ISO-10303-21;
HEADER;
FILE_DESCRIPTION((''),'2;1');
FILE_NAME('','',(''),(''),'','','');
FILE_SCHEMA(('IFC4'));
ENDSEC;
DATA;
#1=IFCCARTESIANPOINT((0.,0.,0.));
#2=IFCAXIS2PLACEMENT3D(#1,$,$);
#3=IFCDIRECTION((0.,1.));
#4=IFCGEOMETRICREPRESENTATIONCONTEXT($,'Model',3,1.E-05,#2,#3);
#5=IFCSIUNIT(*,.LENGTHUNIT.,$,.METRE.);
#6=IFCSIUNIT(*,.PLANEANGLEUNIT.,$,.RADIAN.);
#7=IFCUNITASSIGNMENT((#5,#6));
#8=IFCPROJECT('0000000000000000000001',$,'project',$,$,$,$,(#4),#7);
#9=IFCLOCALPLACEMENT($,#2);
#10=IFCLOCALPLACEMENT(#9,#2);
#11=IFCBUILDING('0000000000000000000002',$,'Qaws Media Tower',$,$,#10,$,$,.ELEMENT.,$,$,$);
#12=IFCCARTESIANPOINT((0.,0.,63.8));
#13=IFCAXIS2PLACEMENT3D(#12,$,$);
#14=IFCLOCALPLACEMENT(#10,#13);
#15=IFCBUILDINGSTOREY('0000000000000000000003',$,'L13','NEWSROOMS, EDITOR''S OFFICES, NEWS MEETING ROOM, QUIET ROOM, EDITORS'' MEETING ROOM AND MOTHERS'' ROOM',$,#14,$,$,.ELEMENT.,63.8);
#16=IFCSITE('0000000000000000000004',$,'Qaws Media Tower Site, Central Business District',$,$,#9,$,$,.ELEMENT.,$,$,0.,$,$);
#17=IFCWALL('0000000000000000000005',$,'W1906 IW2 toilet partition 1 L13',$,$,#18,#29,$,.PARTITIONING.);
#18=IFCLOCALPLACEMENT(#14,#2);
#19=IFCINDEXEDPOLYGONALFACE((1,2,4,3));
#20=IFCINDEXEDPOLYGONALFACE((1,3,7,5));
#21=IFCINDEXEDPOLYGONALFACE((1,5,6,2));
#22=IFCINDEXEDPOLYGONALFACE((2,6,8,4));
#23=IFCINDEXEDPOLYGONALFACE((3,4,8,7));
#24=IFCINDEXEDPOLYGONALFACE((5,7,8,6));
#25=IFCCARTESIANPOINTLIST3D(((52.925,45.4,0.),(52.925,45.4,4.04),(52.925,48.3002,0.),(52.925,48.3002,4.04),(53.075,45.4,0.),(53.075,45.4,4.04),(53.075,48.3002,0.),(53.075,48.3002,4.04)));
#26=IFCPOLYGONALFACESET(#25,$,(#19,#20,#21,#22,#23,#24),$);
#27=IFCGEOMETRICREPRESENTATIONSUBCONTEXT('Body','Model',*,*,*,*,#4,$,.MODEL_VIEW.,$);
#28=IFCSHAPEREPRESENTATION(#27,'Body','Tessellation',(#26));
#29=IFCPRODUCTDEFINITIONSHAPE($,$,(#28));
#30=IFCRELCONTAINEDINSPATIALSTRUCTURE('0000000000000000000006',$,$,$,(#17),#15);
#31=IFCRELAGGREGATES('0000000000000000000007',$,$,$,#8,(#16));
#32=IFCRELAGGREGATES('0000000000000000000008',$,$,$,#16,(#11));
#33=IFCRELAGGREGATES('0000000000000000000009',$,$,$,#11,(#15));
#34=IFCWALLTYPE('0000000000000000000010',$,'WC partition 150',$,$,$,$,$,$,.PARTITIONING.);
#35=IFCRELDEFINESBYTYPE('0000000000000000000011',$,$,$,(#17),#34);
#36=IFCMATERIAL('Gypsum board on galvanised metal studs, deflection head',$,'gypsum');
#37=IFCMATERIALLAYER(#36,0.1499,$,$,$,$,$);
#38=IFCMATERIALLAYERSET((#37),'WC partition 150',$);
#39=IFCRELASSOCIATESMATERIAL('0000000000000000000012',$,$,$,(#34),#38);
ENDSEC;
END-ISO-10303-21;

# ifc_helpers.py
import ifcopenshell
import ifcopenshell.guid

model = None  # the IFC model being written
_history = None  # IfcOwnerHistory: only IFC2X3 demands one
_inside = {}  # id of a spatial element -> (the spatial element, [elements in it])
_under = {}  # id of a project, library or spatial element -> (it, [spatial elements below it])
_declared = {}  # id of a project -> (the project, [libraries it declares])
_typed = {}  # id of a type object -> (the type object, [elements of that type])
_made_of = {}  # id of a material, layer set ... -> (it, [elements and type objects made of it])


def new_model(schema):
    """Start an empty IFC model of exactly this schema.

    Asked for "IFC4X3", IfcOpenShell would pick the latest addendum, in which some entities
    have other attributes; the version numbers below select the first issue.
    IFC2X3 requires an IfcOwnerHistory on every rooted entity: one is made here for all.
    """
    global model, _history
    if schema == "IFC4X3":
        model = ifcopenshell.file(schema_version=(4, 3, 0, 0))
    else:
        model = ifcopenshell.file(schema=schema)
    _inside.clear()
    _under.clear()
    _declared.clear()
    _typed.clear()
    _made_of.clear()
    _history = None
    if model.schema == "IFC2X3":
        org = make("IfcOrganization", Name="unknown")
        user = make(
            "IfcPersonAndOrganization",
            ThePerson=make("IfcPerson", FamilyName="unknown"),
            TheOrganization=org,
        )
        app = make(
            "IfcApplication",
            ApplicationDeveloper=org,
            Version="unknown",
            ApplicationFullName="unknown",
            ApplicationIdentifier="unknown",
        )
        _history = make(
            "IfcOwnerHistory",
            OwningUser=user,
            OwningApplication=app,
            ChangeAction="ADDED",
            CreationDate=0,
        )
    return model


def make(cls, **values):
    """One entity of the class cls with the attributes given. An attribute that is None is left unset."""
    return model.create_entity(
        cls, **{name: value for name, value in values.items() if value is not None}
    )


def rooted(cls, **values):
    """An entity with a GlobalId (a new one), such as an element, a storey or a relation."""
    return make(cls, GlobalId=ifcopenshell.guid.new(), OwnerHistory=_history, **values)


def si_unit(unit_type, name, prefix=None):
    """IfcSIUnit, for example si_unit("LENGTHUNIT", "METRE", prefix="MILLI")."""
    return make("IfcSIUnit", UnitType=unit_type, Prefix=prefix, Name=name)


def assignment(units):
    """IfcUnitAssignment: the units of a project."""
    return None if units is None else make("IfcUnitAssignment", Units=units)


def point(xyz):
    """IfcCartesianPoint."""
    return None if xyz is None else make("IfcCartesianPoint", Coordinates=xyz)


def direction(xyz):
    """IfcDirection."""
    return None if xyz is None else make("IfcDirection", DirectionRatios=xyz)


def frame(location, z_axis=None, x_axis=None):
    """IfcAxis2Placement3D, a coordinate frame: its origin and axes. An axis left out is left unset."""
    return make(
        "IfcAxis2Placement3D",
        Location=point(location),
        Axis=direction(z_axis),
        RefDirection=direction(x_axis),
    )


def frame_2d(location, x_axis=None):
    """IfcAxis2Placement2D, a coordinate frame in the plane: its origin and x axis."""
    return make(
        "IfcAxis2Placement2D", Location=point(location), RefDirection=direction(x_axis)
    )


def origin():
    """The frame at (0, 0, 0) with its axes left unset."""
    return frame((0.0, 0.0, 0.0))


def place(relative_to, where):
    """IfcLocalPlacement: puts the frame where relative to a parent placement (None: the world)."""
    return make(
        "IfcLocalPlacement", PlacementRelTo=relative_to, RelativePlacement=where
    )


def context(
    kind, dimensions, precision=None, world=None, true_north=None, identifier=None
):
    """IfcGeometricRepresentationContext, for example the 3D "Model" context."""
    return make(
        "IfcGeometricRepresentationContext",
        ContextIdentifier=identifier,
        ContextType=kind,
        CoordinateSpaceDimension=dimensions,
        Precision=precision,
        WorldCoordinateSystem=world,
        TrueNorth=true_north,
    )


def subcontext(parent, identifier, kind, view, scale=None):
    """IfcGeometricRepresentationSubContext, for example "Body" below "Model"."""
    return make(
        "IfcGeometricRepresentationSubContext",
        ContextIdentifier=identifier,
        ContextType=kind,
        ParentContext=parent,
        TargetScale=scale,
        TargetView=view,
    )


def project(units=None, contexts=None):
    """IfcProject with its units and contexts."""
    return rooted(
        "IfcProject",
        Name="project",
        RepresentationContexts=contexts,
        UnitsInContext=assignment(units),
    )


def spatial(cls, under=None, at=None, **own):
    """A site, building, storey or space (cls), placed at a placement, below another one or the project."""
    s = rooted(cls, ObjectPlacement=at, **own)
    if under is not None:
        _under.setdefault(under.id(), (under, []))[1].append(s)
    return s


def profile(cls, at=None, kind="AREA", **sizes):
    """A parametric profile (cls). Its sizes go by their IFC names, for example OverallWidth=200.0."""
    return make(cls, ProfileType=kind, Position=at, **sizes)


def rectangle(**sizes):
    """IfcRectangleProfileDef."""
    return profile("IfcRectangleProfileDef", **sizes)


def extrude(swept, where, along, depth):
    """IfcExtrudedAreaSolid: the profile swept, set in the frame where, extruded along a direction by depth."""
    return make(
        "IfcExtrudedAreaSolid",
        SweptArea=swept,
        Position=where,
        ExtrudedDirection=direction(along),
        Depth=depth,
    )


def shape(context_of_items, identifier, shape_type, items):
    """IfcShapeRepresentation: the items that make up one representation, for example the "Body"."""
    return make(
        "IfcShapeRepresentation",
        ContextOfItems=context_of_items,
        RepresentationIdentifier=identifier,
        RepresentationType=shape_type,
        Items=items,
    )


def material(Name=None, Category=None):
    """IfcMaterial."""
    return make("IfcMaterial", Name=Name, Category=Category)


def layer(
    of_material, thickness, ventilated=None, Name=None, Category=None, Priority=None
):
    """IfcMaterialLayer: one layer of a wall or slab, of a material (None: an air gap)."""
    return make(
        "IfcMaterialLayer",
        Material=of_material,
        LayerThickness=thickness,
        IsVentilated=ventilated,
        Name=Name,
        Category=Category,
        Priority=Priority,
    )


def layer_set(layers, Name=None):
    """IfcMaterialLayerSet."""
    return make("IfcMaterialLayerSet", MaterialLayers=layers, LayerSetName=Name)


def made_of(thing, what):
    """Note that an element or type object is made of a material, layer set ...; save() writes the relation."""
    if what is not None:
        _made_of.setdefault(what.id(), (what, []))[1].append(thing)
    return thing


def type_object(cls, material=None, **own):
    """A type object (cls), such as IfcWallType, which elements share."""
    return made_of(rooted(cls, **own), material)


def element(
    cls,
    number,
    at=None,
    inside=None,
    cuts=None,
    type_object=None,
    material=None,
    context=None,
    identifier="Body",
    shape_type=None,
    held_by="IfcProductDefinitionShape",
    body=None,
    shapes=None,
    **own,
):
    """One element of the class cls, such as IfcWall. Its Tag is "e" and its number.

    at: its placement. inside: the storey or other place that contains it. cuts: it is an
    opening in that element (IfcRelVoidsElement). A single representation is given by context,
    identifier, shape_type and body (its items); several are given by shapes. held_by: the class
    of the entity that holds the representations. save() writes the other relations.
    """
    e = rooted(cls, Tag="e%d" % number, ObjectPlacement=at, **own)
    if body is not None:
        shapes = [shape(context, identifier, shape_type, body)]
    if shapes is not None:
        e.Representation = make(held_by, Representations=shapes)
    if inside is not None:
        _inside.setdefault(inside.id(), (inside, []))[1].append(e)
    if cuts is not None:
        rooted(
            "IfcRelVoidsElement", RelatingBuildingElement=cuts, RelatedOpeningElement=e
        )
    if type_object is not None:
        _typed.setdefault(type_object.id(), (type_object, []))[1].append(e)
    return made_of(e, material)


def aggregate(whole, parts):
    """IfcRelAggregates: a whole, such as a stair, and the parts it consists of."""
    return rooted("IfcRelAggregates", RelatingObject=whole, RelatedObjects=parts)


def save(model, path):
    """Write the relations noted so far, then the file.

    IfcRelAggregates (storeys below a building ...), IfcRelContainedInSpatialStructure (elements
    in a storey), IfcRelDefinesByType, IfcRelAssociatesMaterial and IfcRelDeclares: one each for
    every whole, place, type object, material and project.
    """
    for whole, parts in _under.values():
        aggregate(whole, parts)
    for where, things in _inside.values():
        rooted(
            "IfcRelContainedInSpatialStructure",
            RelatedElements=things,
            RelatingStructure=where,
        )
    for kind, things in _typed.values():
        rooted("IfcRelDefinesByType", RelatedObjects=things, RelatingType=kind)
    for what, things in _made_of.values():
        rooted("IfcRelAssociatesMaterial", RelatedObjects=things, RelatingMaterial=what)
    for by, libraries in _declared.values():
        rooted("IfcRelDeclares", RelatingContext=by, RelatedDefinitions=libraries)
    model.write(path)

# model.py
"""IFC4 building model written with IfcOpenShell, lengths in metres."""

from ifc_helpers import new_model, si_unit, direction, frame, frame_2d, origin, place, context, subcontext, project, spatial, rectangle, extrude, material, layer, layer_set, type_object, element, save


model = new_model("IFC4")

# Units and contexts
model_context = context("Model", 3, precision=1e-05, world=origin(), true_north=direction((0.0, 1.0)))
body_context = subcontext(model_context, "Body", "Model", "MODEL_VIEW")
ifc_project = project(units=[si_unit("LENGTHUNIT", "METRE"), si_unit("PLANEANGLEUNIT", "RADIAN")], contexts=[model_context])

# Site, building, storey
site_placement = place(None, origin())
site = spatial("IfcSite", under=ifc_project, at=site_placement, Name="Qaws Media Tower Site, Central Business District", CompositionType="ELEMENT", RefElevation=0.0)
building_placement = place(site_placement, origin())
building = spatial("IfcBuilding", under=site, at=building_placement, Name="Qaws Media Tower", CompositionType="ELEMENT")
storey_placement = place(building_placement, frame((0.0, 0.0, 63.8)))
storey = spatial("IfcBuildingStorey", under=building, at=storey_placement, Name="L13", Description="NEWSROOMS, EDITOR'S OFFICES, NEWS MEETING ROOM, QUIET ROOM, EDITORS' MEETING ROOM AND MOTHERS' ROOM", CompositionType="ELEMENT", Elevation=63.8)

# Wall
ifc_material_1 = material(Name="Gypsum board on galvanised metal studs, deflection head", Category="gypsum")
ifc_layer_1 = layer(ifc_material_1, 0.1499)
ifc_layer_set_1 = layer_set([ifc_layer_1], Name="WC partition 150")
wall_type_1 = type_object("IfcWallType", Name="WC partition 150", PredefinedType="PARTITIONING", material=ifc_layer_set_1)
wall_1_placement = place(storey_placement, frame((53.0, 45.3999, 0.0), z_axis=(0.0, 0.0, 1.0), x_axis=(0.0, 1.0, 0.0)))
element("IfcWall", 1, at=wall_1_placement, inside=storey, type_object=wall_type_1, Name="W1906 IW2 toilet partition 1 L13", PredefinedType="PARTITIONING", context=body_context, shape_type="SweptSolid", body=[
    extrude(rectangle(XDim=2.9001, YDim=0.1499, at=frame_2d((1.4502, 0.0))), origin(), (0.0, 0.0, 1.0), 4.04),
])

save(model, "model.ifc")
